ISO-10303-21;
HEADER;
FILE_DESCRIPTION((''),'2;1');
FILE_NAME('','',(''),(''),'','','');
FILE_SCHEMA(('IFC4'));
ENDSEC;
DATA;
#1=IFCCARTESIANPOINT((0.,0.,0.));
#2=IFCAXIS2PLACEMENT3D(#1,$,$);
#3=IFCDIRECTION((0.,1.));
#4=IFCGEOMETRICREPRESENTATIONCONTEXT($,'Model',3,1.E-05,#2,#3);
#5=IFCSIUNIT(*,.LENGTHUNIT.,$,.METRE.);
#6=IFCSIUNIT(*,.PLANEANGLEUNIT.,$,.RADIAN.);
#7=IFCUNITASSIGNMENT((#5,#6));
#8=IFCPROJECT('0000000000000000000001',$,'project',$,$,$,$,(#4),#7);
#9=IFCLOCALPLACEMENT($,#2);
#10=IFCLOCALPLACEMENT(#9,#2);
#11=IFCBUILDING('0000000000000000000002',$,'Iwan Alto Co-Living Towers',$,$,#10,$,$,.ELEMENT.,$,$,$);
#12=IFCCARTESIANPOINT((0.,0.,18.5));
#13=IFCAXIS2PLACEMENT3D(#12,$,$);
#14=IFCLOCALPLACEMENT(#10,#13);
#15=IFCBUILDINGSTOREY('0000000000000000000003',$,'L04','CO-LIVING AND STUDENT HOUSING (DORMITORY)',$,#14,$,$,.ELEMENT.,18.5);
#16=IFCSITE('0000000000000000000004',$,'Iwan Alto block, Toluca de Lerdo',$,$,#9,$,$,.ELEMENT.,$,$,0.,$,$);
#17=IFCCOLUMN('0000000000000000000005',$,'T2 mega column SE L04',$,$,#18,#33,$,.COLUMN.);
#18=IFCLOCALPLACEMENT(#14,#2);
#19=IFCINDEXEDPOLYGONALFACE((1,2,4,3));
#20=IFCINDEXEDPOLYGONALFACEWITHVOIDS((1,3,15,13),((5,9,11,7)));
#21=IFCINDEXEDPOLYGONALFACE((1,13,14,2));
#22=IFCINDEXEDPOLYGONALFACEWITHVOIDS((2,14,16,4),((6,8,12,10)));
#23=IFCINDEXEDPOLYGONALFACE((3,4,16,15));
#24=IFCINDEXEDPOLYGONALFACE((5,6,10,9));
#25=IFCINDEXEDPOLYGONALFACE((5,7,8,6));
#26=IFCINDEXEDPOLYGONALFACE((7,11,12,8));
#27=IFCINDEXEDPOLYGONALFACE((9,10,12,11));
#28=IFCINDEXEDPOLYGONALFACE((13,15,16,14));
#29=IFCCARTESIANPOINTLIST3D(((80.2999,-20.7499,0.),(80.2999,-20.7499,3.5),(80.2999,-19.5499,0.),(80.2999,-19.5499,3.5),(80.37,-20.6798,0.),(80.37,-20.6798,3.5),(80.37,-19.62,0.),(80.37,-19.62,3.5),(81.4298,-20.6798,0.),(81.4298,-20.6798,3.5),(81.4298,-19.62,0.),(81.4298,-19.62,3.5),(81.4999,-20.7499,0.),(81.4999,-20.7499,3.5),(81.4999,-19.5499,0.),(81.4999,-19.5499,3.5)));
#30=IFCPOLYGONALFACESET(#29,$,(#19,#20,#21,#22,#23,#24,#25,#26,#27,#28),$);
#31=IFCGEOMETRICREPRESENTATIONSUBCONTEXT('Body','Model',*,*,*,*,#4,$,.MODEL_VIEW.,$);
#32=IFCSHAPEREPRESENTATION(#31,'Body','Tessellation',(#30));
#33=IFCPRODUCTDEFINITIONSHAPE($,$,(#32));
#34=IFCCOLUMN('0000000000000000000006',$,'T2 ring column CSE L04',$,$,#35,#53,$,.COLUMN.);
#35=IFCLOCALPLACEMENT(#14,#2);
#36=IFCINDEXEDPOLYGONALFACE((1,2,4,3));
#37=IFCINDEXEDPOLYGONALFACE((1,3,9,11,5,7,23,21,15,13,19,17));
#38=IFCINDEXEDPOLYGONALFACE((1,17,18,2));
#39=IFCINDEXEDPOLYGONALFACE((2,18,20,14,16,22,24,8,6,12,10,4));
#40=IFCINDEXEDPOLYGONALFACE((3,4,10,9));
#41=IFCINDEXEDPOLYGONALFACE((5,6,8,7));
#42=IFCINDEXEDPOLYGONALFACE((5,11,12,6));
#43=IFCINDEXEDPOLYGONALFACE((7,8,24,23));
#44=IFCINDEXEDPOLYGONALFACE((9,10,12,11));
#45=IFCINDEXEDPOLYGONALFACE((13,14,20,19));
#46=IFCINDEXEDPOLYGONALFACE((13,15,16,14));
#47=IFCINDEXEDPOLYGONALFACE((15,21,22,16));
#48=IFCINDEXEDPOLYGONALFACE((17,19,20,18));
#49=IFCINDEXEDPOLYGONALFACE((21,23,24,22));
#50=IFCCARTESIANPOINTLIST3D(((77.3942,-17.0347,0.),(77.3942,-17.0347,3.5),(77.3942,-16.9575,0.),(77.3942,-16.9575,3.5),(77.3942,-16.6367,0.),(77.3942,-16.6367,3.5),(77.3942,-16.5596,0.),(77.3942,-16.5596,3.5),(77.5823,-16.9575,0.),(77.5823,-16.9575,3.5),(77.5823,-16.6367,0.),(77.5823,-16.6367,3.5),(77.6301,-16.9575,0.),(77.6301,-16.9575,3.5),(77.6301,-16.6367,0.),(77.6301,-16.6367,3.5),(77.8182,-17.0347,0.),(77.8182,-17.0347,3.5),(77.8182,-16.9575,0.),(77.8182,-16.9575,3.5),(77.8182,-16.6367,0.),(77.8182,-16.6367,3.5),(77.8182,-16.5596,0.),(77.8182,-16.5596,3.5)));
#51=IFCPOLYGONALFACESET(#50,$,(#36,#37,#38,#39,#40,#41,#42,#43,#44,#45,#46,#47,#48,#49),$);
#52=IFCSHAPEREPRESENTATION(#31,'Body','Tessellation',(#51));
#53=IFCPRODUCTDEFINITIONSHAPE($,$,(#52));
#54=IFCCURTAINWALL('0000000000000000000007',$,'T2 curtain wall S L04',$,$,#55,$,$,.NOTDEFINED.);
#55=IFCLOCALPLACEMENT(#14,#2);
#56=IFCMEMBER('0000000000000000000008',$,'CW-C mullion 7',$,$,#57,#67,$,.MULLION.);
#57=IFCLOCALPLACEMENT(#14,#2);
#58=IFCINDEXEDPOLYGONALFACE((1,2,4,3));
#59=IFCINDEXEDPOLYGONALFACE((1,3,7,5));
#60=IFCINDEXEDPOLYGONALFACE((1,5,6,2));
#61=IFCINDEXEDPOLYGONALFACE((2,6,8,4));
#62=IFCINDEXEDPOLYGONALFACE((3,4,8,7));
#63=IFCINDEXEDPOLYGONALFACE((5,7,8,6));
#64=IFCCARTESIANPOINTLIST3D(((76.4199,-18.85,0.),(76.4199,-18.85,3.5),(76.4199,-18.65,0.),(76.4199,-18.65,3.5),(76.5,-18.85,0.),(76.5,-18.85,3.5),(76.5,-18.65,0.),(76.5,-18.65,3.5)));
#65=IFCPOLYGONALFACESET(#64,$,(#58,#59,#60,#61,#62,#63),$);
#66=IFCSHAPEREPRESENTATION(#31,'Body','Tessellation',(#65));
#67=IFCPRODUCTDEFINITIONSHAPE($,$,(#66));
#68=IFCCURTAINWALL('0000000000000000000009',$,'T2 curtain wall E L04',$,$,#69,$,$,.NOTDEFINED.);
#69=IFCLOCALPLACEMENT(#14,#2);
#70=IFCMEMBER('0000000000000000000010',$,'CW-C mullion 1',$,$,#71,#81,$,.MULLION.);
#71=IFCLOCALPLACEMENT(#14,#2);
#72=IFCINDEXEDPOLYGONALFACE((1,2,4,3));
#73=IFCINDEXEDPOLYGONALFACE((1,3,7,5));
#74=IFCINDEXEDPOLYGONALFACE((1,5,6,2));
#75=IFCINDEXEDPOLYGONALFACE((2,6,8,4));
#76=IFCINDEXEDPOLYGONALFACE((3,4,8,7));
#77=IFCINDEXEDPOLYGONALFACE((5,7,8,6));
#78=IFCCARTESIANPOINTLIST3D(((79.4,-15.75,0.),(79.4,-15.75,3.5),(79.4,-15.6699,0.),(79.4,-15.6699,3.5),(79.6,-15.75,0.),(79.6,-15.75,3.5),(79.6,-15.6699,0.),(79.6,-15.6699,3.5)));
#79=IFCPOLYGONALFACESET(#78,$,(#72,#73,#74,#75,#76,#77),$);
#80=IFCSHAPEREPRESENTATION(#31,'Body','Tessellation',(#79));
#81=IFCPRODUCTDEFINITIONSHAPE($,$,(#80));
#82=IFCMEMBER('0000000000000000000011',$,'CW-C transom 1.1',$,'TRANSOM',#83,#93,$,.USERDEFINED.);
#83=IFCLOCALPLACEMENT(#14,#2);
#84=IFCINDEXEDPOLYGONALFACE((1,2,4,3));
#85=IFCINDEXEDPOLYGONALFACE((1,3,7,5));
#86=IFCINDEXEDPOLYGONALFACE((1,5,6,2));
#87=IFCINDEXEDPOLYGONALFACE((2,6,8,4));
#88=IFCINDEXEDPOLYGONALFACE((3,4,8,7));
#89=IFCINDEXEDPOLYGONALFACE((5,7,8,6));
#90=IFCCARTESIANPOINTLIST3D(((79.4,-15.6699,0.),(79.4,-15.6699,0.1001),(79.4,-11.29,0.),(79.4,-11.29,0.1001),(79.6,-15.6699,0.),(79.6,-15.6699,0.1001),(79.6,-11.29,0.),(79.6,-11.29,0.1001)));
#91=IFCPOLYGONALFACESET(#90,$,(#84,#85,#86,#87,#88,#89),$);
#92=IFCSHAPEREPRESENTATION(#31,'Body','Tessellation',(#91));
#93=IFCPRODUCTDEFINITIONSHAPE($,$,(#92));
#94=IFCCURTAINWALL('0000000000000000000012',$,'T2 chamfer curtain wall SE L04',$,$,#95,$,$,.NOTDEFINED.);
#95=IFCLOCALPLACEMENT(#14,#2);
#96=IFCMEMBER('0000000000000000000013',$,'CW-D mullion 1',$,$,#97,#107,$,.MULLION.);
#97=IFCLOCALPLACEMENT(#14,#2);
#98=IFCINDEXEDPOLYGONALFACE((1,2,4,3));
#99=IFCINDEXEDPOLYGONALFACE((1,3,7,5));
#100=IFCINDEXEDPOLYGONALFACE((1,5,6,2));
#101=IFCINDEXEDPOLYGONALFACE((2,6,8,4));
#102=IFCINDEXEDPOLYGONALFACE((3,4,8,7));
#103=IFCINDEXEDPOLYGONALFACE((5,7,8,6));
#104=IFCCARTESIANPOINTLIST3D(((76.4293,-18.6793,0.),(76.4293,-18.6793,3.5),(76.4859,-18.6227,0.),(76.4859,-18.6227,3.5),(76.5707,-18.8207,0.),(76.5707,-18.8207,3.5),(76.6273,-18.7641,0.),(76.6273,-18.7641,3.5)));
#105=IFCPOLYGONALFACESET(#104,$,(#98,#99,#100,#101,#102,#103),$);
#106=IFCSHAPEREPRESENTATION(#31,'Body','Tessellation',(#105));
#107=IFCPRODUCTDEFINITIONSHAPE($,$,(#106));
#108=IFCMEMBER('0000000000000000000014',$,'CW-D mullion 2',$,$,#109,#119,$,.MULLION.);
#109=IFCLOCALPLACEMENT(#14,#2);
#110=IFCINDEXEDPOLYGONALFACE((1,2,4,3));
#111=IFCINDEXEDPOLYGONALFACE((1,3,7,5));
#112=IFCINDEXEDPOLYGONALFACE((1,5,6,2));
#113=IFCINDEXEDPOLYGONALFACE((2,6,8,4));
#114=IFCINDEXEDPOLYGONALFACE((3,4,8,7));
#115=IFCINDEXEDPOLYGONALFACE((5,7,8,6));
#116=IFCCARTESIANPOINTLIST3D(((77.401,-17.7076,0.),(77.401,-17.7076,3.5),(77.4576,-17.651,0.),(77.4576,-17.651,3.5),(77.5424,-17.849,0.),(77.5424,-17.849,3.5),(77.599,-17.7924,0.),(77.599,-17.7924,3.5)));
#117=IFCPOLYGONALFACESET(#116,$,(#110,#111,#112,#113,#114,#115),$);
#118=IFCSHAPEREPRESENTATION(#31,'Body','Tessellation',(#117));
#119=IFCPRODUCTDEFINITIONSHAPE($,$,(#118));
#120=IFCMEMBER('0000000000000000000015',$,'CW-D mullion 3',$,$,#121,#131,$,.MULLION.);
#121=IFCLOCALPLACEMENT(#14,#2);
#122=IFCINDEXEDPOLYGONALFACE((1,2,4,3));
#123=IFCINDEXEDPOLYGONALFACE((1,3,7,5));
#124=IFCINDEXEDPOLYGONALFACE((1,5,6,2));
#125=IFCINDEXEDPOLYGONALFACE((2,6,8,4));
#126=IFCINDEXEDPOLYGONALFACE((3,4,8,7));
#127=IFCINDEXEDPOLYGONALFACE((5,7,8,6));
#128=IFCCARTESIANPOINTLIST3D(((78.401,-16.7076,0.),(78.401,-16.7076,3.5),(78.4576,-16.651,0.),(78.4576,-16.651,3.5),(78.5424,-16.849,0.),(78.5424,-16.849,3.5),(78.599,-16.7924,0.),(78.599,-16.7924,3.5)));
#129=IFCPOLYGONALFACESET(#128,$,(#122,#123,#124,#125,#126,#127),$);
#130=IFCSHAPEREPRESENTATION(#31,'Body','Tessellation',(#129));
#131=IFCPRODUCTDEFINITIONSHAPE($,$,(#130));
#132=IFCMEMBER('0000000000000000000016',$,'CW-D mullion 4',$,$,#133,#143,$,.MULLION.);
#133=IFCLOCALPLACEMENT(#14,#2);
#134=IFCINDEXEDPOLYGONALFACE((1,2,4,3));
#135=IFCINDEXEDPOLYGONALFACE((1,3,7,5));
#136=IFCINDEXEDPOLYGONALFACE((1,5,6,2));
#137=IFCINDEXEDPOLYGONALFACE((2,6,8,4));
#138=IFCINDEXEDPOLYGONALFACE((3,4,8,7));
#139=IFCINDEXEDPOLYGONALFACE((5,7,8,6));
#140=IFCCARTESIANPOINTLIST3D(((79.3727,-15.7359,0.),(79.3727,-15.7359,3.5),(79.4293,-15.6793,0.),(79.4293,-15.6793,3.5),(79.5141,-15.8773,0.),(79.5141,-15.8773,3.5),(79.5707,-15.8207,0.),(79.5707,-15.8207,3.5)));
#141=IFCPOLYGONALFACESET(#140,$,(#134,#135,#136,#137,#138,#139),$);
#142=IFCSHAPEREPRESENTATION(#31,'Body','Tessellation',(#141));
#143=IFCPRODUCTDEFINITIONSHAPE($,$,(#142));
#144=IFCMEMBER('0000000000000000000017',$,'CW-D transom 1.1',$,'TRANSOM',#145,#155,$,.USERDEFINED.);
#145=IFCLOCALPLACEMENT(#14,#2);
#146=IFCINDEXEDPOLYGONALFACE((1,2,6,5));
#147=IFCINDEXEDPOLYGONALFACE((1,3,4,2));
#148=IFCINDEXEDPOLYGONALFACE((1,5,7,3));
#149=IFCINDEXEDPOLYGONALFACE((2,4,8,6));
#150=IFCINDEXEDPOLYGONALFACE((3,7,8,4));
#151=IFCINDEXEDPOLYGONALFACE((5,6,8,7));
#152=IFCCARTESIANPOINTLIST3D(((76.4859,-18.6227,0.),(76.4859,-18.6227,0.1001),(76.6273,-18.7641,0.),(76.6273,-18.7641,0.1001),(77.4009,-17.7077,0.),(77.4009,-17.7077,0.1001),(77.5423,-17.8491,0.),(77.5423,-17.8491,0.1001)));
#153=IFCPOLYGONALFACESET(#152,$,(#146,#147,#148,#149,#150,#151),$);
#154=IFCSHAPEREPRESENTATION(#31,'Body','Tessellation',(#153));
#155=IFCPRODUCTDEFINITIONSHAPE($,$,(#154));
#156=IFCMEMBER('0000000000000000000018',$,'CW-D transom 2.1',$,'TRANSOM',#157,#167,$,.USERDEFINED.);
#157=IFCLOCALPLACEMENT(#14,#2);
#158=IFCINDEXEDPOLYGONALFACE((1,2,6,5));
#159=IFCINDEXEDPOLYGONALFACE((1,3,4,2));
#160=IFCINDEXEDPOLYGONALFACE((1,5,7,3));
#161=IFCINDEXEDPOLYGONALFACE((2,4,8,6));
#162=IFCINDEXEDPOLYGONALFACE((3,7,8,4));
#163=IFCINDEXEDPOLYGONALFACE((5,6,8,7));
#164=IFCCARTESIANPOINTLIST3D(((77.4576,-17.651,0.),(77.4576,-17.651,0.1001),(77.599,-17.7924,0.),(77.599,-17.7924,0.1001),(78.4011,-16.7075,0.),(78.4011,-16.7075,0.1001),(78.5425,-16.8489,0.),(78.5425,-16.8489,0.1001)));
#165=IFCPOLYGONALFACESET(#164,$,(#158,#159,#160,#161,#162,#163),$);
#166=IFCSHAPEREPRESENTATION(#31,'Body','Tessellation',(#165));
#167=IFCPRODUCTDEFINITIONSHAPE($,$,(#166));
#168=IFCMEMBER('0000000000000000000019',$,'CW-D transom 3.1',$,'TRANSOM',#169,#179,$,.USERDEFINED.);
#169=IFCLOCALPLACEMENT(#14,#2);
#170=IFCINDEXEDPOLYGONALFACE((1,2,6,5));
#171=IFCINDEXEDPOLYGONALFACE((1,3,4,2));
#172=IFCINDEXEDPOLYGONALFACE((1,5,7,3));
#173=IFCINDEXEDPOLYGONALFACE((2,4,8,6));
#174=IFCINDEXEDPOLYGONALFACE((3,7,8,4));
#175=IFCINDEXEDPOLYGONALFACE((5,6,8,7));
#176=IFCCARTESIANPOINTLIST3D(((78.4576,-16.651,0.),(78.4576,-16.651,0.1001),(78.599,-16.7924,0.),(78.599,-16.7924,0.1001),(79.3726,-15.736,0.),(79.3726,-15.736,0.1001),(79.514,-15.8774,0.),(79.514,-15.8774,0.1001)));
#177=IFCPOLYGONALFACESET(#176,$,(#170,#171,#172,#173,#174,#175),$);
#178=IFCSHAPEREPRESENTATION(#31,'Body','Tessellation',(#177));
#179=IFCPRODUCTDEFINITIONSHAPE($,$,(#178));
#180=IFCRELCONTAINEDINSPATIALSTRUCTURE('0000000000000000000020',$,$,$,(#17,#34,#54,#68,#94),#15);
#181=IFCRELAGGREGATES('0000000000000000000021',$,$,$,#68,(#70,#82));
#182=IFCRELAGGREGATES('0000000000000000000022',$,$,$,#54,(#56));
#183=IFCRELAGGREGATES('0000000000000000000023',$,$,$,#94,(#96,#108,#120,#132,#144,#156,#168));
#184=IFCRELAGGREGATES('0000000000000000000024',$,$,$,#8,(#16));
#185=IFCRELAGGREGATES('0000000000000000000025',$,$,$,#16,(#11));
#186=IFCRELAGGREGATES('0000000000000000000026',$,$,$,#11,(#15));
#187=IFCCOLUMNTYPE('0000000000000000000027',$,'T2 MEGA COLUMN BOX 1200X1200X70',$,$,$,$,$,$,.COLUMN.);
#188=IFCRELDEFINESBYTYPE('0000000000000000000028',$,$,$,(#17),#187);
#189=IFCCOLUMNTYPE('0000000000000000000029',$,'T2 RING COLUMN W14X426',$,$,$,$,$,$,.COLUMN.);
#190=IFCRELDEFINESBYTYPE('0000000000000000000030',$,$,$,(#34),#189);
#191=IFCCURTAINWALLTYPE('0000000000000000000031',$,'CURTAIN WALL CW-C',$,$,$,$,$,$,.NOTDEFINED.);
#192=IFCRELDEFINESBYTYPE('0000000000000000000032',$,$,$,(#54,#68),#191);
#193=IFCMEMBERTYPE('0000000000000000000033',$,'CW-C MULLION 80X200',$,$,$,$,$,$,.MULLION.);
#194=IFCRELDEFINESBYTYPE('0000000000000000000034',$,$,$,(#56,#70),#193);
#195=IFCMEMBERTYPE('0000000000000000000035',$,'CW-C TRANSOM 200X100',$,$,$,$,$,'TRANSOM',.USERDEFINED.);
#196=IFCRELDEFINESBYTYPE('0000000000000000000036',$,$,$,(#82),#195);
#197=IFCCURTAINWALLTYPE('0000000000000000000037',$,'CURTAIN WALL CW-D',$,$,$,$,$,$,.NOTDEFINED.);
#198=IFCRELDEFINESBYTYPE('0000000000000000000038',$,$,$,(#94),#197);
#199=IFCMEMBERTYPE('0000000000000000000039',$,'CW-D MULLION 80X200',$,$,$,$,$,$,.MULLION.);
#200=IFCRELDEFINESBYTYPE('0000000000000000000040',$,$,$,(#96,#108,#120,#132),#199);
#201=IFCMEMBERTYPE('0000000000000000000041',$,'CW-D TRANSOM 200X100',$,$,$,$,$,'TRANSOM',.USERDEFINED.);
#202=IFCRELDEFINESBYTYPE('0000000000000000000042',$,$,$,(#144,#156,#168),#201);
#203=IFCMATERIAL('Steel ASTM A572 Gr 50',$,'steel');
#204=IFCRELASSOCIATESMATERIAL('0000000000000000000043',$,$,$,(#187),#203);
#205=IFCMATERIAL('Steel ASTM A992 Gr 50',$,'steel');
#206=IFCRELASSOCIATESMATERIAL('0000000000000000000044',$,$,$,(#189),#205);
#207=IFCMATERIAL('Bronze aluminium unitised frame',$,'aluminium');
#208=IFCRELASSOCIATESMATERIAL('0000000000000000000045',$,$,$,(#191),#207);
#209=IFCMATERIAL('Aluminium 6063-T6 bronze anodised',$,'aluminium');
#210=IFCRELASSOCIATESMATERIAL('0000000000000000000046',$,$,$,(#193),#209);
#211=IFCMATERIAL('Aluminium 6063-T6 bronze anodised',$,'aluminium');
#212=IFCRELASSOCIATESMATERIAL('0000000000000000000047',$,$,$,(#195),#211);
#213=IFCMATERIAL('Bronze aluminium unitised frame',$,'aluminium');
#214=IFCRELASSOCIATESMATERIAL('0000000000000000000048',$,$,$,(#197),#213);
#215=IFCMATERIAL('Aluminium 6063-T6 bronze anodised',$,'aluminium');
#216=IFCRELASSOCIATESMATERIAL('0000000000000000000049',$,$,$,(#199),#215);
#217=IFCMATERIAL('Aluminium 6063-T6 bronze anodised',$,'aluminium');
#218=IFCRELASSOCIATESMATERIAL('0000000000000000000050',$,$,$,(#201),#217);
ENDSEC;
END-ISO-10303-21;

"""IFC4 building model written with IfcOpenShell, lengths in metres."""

from ifc_helpers import new_model, si_unit, direction, frame, origin, origin_2d, place, context, subcontext, project, spatial, rectangle, hollow_rectangle, i_section, extrude, material, material_profile, profile_set, type_object, element, aggregate, save


model = new_model("IFC4")

# Units and contexts
model_context = context("Model", 3, precision=1e-05, world=origin(), true_north=direction((0.0, 1.0)))
body_context = subcontext(model_context, "Body", "Model", "MODEL_VIEW")
ifc_project = project(units=[si_unit("LENGTHUNIT", "METRE"), si_unit("PLANEANGLEUNIT", "RADIAN")], contexts=[model_context])

# Site, building, storey
site_placement = place(None, origin())
site = spatial("IfcSite", under=ifc_project, at=site_placement, Name="Iwan Alto block, Toluca de Lerdo", CompositionType="ELEMENT", RefElevation=0.0)
building_placement = place(site_placement, origin())
building = spatial("IfcBuilding", under=site, at=building_placement, Name="Iwan Alto Co-Living Towers", CompositionType="ELEMENT")
storey_placement = place(building_placement, frame((0.0, 0.0, 18.5)))
storey = spatial("IfcBuildingStorey", under=building, at=storey_placement, Name="L04", Description="CO-LIVING AND STUDENT HOUSING (DORMITORY)", CompositionType="ELEMENT", Elevation=18.5)

# Columns
ifc_material_1 = material(Name="Steel ASTM A572 Gr 50", Category="steel")
ifc_material_profile_1 = material_profile(ifc_material_1, hollow_rectangle(XDim=1.2, YDim=1.2, WallThickness=0.0701, at=origin_2d()), Name="BOX 1200X1200X70")
ifc_profile_set_1 = profile_set([ifc_material_profile_1], Name="Steel ASTM A572 Gr 50")
column_type_1 = type_object("IfcColumnType", Name="T2 MEGA COLUMN BOX 1200X1200X70", PredefinedType="COLUMN", material=ifc_profile_set_1)
column_1_placement = place(storey_placement, frame((80.8999, -20.1499, 0.0), z_axis=(0.0, 0.0, 1.0), x_axis=(1.0, 0.0, 0.0)))
element("IfcColumn", 1, at=column_1_placement, inside=storey, type_object=column_type_1, Name="T2 mega column SE L04", PredefinedType="COLUMN", context=body_context, shape_type="SweptSolid", body=[
    extrude(hollow_rectangle(XDim=1.2, YDim=1.2, WallThickness=0.0701, at=origin_2d()), origin(), (0.0, 0.0, 1.0), 3.5),
])
ifc_material_2 = material(Name="Steel ASTM A992 Gr 50", Category="steel")
ifc_material_profile_2 = material_profile(ifc_material_2, i_section(OverallWidth=0.4241, OverallDepth=0.4751, WebThickness=0.0479, FlangeThickness=0.0771, at=origin_2d()), Name="W14X426")
ifc_profile_set_2 = profile_set([ifc_material_profile_2], Name="Steel ASTM A992 Gr 50")
column_type_2 = type_object("IfcColumnType", Name="T2 RING COLUMN W14X426", PredefinedType="COLUMN", material=ifc_profile_set_2)
column_2_placement = place(storey_placement, frame((77.6062, -16.7971, 0.0), z_axis=(0.0, 0.0, 1.0), x_axis=(1.0, 0.0, 0.0)))
element("IfcColumn", 2, at=column_2_placement, inside=storey, type_object=column_type_2, Name="T2 ring column CSE L04", PredefinedType="COLUMN", context=body_context, shape_type="SweptSolid", body=[
    extrude(i_section(OverallWidth=0.4241, OverallDepth=0.4751, WebThickness=0.0479, FlangeThickness=0.0771, at=origin_2d()), origin(), (0.0, 0.0, 1.0), 3.5),
])

# Curtain wall, member
ifc_material_3 = material(Name="Bronze aluminium unitised frame", Category="aluminium")
curtain_wall_type_1 = type_object("IfcCurtainWallType", Name="CURTAIN WALL CW-C", PredefinedType="NOTDEFINED", material=ifc_material_3)
curtain_wall_1_placement = place(storey_placement, origin())
curtain_wall_1 = element("IfcCurtainWall", 3, at=curtain_wall_1_placement, inside=storey, type_object=curtain_wall_type_1, Name="T2 curtain wall S L04", PredefinedType="NOTDEFINED")
ifc_material_4 = material(Name="Aluminium 6063-T6 bronze anodised", Category="aluminium")
ifc_material_profile_3 = material_profile(ifc_material_4, rectangle(XDim=0.2, YDim=0.0801, at=origin_2d()), Name="AL 80X200")
ifc_profile_set_3 = profile_set([ifc_material_profile_3], Name="Aluminium 6063-T6 bronze anodised")
member_type_1 = type_object("IfcMemberType", Name="CW-C MULLION 80X200", PredefinedType="MULLION", material=ifc_profile_set_3)
member_1_placement = place(storey_placement, frame((76.46, -18.75, 0.0), z_axis=(0.0, 0.0, 1.0), x_axis=(0.0, 1.0, 0.0)))
member_1 = element("IfcMember", 4, at=member_1_placement, type_object=member_type_1, Name="CW-C mullion 7", PredefinedType="MULLION", context=body_context, shape_type="SweptSolid", body=[
    extrude(rectangle(XDim=0.2, YDim=0.0801, at=origin_2d()), origin(), (0.0, 0.0, 1.0), 3.5),
])

# Curtain walls, members
curtain_wall_2_placement = place(storey_placement, origin())
curtain_wall_2 = element("IfcCurtainWall", 5, at=curtain_wall_2_placement, inside=storey, type_object=curtain_wall_type_1, Name="T2 curtain wall E L04", PredefinedType="NOTDEFINED")
member_2_placement = place(storey_placement, frame((79.5, -15.71, 0.0), z_axis=(0.0, 0.0, 1.0), x_axis=(-1.0, 0.0, 0.0)))
member_2 = element("IfcMember", 6, at=member_2_placement, type_object=member_type_1, Name="CW-C mullion 1", PredefinedType="MULLION", context=body_context, shape_type="SweptSolid", body=[
    extrude(rectangle(XDim=0.2, YDim=0.0801, at=origin_2d()), origin(), (0.0, 0.0, 1.0), 3.5),
])
ifc_material_5 = material(Name="Aluminium 6063-T6 bronze anodised", Category="aluminium")
ifc_material_profile_4 = material_profile(ifc_material_5, rectangle(XDim=0.2, YDim=0.1001, at=origin_2d()), Name="AL 200X100")
ifc_profile_set_4 = profile_set([ifc_material_profile_4], Name="Aluminium 6063-T6 bronze anodised")
member_type_2 = type_object("IfcMemberType", Name="CW-C TRANSOM 200X100", ElementType="TRANSOM", PredefinedType="USERDEFINED", material=ifc_profile_set_4)
member_3_placement = place(storey_placement, frame((79.5, -15.6699, 0.05), z_axis=(0.0, 1.0, 0.0), x_axis=(-1.0, 0.0, 0.0)))
member_3 = element("IfcMember", 7, at=member_3_placement, type_object=member_type_2, Name="CW-C transom 1.1", ObjectType="TRANSOM", PredefinedType="USERDEFINED", context=body_context, shape_type="SweptSolid", body=[
    extrude(rectangle(XDim=0.2, YDim=0.1001, at=origin_2d()), origin(), (0.0, 0.0, 1.0), 4.3799),
])
aggregate(curtain_wall_2, [member_2, member_3])
ifc_material_6 = material(Name="Bronze aluminium unitised frame", Category="aluminium")
curtain_wall_type_2 = type_object("IfcCurtainWallType", Name="CURTAIN WALL CW-D", PredefinedType="NOTDEFINED", material=ifc_material_6)
curtain_wall_3_placement = place(storey_placement, origin())
curtain_wall_3 = element("IfcCurtainWall", 8, at=curtain_wall_3_placement, inside=storey, type_object=curtain_wall_type_2, Name="T2 chamfer curtain wall SE L04", PredefinedType="NOTDEFINED")
ifc_material_7 = material(Name="Aluminium 6063-T6 bronze anodised", Category="aluminium")
ifc_material_profile_5 = material_profile(ifc_material_7, rectangle(XDim=0.2, YDim=0.0801, at=origin_2d()), Name="AL 80X200")
ifc_profile_set_5 = profile_set([ifc_material_profile_5], Name="Aluminium 6063-T6 bronze anodised")
member_type_3 = type_object("IfcMemberType", Name="CW-D MULLION 80X200", PredefinedType="MULLION", material=ifc_profile_set_5)
member_4_placement = place(storey_placement, frame((76.5283, -18.7217, 0.0), z_axis=(0.0, 0.0, 1.0), x_axis=(-0.707107, 0.707107, 0.0)))
member_4 = element("IfcMember", 9, at=member_4_placement, type_object=member_type_3, Name="CW-D mullion 1", PredefinedType="MULLION", context=body_context, shape_type="SweptSolid", body=[
    extrude(rectangle(XDim=0.2, YDim=0.0801, at=origin_2d()), origin(), (0.0, 0.0, 1.0), 3.5),
])
member_5_placement = place(storey_placement, frame((77.5, -17.75, 0.0), z_axis=(0.0, 0.0, 1.0), x_axis=(-0.707107, 0.707107, 0.0)))
member_5 = element("IfcMember", 10, at=member_5_placement, type_object=member_type_3, Name="CW-D mullion 2", PredefinedType="MULLION", context=body_context, shape_type="SweptSolid", body=[
    extrude(rectangle(XDim=0.2, YDim=0.0801, at=origin_2d()), origin(), (0.0, 0.0, 1.0), 3.5),
])
member_6_placement = place(storey_placement, frame((78.5, -16.75, 0.0), z_axis=(0.0, 0.0, 1.0), x_axis=(-0.707107, 0.707107, 0.0)))
member_6 = element("IfcMember", 11, at=member_6_placement, type_object=member_type_3, Name="CW-D mullion 3", PredefinedType="MULLION", context=body_context, shape_type="SweptSolid", body=[
    extrude(rectangle(XDim=0.2, YDim=0.0801, at=origin_2d()), origin(), (0.0, 0.0, 1.0), 3.5),
])
member_7_placement = place(storey_placement, frame((79.4717, -15.7783, 0.0), z_axis=(0.0, 0.0, 1.0), x_axis=(-0.707107, 0.707107, 0.0)))
member_7 = element("IfcMember", 12, at=member_7_placement, type_object=member_type_3, Name="CW-D mullion 4", PredefinedType="MULLION", context=body_context, shape_type="SweptSolid", body=[
    extrude(rectangle(XDim=0.2, YDim=0.0801, at=origin_2d()), origin(), (0.0, 0.0, 1.0), 3.5),
])
ifc_material_8 = material(Name="Aluminium 6063-T6 bronze anodised", Category="aluminium")
ifc_material_profile_6 = material_profile(ifc_material_8, rectangle(XDim=0.2, YDim=0.1001, at=origin_2d()), Name="AL 200X100")
ifc_profile_set_6 = profile_set([ifc_material_profile_6], Name="Aluminium 6063-T6 bronze anodised")
member_type_4 = type_object("IfcMemberType", Name="CW-D TRANSOM 200X100", ElementType="TRANSOM", PredefinedType="USERDEFINED", material=ifc_profile_set_6)
member_8_placement = place(storey_placement, frame((76.5566, -18.6934, 0.05), z_axis=(0.707107, 0.707107, 0.0), x_axis=(-0.707107, 0.707107, 0.0)))
member_8 = element("IfcMember", 13, at=member_8_placement, type_object=member_type_4, Name="CW-D transom 1.1", ObjectType="TRANSOM", PredefinedType="USERDEFINED", context=body_context, shape_type="SweptSolid", body=[
    extrude(rectangle(XDim=0.2, YDim=0.1001, at=origin_2d()), origin(), (0.0, 0.0, 1.0), 1.2939),
])
member_9_placement = place(storey_placement, frame((77.5283, -17.7217, 0.05), z_axis=(0.707107, 0.707107, 0.0), x_axis=(-0.707107, 0.707107, 0.0)))
member_9 = element("IfcMember", 14, at=member_9_placement, type_object=member_type_4, Name="CW-D transom 2.1", ObjectType="TRANSOM", PredefinedType="USERDEFINED", context=body_context, shape_type="SweptSolid", body=[
    extrude(rectangle(XDim=0.2, YDim=0.1001, at=origin_2d()), origin(), (0.0, 0.0, 1.0), 1.3342),
])
member_10_placement = place(storey_placement, frame((78.5283, -16.7217, 0.05), z_axis=(0.707107, 0.707107, 0.0), x_axis=(-0.707107, 0.707107, 0.0)))
member_10 = element("IfcMember", 15, at=member_10_placement, type_object=member_type_4, Name="CW-D transom 3.1", ObjectType="TRANSOM", PredefinedType="USERDEFINED", context=body_context, shape_type="SweptSolid", body=[
    extrude(rectangle(XDim=0.2, YDim=0.1001, at=origin_2d()), origin(), (0.0, 0.0, 1.0), 1.2939),
])

aggregate(curtain_wall_1, [member_1])
aggregate(curtain_wall_3, [member_4, member_5, member_6, member_7, member_8, member_9, member_10])

save(model, "model.ifc")
